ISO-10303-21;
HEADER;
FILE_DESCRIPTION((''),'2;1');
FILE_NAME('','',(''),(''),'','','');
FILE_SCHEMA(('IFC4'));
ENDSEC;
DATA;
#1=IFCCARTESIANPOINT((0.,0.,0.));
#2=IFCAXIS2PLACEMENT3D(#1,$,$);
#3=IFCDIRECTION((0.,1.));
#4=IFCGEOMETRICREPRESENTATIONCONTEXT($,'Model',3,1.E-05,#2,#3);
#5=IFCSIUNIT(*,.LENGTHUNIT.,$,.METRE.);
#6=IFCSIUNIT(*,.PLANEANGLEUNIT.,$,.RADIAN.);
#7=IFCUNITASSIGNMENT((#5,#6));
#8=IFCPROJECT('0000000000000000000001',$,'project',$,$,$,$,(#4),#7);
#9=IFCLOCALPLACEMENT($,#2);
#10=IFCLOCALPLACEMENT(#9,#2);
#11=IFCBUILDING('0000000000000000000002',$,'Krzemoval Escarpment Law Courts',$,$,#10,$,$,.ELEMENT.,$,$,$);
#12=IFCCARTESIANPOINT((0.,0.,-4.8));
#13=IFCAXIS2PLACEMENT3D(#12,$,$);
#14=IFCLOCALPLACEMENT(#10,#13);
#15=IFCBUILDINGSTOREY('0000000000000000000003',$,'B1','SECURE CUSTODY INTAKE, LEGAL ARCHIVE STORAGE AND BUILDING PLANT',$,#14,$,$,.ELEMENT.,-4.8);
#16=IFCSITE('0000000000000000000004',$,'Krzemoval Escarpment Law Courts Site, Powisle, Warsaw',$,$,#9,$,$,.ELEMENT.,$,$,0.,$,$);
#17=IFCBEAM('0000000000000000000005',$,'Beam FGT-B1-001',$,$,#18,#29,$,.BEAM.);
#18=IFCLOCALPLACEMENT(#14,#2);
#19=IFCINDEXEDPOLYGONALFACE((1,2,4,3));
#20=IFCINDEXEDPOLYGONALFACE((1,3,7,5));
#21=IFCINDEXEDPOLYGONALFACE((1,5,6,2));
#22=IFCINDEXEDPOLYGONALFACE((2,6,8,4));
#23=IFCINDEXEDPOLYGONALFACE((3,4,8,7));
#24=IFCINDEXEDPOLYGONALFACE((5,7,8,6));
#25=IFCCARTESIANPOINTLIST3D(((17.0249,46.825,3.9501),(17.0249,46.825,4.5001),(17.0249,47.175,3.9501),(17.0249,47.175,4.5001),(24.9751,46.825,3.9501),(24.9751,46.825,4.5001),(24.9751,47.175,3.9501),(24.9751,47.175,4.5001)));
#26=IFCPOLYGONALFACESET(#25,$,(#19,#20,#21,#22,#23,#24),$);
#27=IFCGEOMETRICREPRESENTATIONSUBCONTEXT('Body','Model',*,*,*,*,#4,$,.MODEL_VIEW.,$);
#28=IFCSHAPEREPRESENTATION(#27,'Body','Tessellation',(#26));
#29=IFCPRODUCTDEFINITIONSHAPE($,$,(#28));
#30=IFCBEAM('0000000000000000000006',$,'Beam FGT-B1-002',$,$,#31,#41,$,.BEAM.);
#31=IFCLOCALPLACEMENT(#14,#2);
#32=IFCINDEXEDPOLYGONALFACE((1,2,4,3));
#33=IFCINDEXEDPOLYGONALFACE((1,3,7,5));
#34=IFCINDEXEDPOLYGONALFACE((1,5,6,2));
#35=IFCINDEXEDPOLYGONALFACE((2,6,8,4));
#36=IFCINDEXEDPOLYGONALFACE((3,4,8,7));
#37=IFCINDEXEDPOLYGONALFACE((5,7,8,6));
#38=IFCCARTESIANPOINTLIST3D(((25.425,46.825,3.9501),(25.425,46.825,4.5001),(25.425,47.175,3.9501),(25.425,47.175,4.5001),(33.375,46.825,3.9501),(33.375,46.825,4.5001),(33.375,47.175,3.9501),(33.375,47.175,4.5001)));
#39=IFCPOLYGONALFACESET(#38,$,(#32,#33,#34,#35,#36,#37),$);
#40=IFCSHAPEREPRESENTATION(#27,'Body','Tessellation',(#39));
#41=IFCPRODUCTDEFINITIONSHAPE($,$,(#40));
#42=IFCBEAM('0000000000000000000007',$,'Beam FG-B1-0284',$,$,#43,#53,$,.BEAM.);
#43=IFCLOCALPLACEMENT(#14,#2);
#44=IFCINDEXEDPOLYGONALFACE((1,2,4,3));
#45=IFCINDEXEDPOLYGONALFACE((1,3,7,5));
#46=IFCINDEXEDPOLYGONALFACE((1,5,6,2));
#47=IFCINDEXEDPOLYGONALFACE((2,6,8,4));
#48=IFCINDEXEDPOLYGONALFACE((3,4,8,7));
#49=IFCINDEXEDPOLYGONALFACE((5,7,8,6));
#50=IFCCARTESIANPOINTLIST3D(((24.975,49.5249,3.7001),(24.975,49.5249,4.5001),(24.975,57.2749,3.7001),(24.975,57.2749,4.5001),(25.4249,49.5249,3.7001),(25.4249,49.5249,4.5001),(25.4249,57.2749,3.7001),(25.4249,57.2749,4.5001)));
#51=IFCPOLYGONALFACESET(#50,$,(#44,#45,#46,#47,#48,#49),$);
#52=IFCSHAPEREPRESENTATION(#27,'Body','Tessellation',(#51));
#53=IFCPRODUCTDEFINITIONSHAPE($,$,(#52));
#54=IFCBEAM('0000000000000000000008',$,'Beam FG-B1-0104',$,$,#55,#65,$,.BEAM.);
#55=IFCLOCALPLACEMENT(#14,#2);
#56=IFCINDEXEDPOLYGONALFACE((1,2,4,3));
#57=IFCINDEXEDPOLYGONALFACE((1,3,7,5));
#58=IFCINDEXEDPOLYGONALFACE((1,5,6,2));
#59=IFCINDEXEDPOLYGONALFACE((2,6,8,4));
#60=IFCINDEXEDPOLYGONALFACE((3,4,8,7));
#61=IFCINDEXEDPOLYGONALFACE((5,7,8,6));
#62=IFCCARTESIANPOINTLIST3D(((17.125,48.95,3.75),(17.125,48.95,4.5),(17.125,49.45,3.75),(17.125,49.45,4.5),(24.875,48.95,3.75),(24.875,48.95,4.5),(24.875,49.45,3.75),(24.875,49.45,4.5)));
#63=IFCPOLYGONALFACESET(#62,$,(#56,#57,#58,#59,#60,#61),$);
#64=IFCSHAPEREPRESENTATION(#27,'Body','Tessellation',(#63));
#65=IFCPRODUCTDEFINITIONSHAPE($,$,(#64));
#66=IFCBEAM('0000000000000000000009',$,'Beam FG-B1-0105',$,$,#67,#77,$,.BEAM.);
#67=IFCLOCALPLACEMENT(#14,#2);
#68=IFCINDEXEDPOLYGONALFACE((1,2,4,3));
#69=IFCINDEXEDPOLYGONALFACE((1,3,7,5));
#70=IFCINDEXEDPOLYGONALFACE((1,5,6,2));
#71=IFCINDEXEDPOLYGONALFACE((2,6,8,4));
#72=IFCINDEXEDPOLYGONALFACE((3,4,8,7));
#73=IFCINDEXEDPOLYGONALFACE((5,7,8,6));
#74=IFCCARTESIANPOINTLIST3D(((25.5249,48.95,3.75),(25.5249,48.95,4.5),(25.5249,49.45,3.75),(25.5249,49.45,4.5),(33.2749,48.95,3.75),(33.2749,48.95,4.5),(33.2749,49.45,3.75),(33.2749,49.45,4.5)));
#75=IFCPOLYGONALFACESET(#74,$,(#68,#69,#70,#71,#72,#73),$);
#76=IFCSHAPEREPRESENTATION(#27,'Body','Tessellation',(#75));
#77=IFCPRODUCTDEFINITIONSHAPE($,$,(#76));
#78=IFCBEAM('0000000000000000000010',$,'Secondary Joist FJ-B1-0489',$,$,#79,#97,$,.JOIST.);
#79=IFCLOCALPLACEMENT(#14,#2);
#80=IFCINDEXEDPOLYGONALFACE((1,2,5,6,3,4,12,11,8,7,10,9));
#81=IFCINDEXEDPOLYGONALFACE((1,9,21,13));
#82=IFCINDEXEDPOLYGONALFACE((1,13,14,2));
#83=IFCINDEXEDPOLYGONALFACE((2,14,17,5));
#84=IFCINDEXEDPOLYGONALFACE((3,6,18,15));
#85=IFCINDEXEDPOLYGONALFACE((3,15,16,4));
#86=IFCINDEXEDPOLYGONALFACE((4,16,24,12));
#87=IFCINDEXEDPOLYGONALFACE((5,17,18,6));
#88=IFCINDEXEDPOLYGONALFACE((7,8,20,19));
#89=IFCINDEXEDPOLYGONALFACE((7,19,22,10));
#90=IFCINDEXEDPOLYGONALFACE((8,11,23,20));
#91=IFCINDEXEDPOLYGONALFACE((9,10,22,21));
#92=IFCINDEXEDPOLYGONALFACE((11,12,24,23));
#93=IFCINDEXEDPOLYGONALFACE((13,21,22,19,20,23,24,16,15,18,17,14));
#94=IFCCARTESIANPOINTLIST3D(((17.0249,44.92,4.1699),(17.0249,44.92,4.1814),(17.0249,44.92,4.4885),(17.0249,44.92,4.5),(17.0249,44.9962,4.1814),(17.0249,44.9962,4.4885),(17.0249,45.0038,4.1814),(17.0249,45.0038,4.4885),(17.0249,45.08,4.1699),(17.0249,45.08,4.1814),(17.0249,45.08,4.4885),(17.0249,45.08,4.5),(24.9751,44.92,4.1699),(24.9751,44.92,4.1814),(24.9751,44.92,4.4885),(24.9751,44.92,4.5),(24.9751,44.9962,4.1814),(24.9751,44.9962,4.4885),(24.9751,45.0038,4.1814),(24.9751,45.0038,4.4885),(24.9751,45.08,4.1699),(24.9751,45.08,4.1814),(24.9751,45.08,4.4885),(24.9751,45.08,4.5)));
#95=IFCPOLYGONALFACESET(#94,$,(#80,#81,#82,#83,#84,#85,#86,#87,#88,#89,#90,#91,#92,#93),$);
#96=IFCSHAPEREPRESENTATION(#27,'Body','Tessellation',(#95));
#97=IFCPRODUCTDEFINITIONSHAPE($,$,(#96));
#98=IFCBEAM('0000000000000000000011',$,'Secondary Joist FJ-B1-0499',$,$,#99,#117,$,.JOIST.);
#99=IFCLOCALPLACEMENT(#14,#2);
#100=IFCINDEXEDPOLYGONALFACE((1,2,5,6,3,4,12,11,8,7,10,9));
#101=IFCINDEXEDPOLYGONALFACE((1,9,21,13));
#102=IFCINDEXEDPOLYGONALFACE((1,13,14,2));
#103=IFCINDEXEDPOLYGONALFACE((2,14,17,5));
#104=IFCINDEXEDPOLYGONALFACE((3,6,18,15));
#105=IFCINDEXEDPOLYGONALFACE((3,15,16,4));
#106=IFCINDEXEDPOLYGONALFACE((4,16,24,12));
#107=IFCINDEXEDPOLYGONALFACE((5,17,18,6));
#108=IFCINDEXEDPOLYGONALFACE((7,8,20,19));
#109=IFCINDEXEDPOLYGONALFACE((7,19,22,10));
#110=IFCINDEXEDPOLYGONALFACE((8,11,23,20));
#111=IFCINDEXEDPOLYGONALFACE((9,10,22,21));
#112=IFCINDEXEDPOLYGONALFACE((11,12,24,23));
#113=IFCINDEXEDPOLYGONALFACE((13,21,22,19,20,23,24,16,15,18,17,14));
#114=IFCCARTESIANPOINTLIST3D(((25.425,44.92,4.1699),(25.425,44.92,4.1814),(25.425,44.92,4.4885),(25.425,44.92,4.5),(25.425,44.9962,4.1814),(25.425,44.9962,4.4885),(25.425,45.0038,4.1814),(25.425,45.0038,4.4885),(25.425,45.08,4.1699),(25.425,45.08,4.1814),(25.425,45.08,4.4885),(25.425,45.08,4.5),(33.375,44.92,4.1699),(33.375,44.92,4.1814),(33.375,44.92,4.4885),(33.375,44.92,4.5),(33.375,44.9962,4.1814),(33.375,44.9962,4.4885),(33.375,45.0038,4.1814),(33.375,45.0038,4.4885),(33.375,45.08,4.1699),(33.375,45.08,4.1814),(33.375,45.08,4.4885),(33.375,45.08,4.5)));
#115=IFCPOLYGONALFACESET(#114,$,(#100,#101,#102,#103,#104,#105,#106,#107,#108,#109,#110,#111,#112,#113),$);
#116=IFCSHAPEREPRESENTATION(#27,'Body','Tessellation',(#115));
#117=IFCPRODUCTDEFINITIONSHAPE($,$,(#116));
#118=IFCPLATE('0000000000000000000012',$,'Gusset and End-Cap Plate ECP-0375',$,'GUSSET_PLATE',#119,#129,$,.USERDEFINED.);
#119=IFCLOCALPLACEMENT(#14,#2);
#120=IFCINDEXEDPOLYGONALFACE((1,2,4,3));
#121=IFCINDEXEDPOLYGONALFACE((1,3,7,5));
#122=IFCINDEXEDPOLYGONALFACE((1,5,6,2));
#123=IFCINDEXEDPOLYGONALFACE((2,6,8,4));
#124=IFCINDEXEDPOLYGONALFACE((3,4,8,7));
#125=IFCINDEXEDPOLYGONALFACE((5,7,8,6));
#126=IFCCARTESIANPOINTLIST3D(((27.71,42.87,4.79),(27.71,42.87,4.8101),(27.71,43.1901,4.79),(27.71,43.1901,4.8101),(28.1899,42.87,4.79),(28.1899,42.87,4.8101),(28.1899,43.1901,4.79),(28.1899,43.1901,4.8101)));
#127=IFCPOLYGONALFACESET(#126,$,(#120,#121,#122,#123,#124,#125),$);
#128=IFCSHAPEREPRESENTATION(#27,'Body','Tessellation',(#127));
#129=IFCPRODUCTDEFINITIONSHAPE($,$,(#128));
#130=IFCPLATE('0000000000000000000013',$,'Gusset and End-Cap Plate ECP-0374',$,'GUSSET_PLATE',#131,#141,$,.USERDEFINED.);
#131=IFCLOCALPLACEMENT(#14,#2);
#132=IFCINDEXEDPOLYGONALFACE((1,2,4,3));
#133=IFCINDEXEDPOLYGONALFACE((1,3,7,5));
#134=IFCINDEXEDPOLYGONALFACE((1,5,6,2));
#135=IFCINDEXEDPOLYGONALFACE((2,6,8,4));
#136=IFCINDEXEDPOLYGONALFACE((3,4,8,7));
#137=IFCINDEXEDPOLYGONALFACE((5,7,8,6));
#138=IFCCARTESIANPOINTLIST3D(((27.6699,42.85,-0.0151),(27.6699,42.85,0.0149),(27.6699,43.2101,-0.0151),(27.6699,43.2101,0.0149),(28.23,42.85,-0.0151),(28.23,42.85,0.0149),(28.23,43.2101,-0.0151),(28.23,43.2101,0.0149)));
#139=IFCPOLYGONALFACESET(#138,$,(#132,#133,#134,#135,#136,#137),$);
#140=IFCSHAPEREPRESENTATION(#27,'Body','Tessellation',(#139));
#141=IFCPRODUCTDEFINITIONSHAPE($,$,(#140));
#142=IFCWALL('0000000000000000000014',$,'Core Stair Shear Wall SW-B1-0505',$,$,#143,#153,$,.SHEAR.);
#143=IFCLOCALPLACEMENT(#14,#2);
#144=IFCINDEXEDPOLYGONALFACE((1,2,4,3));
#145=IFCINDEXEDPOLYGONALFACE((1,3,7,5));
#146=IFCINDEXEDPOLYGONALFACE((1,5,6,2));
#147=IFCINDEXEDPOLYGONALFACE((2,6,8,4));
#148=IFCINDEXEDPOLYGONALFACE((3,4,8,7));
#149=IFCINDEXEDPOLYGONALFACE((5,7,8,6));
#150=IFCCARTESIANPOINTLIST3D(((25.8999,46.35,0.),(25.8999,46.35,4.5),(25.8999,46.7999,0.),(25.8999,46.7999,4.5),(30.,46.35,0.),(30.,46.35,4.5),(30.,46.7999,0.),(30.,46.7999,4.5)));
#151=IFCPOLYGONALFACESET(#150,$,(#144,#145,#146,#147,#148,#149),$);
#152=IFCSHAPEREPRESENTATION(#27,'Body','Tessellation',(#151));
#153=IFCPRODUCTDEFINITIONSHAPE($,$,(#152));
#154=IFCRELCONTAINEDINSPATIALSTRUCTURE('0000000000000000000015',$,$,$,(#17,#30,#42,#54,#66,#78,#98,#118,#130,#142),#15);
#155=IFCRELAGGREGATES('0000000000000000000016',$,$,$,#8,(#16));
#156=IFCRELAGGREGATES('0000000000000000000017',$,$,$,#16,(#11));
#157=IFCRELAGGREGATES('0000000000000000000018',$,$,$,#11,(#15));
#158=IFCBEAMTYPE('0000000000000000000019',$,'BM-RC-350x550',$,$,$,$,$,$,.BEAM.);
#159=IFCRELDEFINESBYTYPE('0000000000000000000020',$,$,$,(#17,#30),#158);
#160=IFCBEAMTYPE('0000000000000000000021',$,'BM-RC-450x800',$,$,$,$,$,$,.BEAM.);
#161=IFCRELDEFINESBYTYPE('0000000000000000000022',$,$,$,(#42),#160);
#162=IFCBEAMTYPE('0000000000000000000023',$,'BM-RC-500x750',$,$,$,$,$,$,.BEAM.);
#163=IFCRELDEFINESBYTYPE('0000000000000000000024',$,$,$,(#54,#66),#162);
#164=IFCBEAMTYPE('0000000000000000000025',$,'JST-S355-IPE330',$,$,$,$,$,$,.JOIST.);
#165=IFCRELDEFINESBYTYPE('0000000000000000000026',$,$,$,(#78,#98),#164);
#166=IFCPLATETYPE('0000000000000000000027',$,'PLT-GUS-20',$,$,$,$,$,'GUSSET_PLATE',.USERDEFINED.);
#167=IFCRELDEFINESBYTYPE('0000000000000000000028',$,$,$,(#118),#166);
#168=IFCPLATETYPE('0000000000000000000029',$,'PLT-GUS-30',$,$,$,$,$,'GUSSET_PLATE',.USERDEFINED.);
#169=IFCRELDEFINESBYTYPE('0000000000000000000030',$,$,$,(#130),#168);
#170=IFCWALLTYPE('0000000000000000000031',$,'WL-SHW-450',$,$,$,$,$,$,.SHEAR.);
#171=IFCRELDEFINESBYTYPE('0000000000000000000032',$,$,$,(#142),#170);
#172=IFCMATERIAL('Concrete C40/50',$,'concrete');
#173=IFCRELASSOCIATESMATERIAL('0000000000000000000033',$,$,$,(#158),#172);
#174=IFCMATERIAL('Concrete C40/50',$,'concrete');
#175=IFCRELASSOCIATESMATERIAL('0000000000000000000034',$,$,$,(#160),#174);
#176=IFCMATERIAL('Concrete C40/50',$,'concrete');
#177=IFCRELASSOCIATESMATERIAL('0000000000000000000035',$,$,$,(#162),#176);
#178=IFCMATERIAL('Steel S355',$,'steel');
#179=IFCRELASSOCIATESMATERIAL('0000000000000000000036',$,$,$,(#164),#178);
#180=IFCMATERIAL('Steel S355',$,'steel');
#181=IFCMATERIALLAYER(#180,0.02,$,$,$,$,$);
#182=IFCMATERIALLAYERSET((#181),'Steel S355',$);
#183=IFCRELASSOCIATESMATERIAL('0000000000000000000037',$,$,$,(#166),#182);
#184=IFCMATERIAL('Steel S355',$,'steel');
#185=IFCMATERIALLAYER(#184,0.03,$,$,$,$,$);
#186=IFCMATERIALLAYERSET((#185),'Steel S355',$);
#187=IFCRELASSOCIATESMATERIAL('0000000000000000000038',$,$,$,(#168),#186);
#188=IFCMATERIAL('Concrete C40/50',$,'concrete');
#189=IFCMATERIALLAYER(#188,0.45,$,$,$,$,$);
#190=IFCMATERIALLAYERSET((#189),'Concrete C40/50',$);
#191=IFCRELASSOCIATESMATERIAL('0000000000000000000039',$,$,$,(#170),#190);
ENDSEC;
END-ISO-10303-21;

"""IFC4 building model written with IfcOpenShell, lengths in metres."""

from ifc_helpers import new_model, si_unit, direction, frame, frame_2d, origin, origin_2d, place, context, subcontext, project, spatial, rectangle, i_section, extrude, material, layer, layer_set, material_profile, profile_set, type_object, element, save


model = new_model("IFC4")

# Units and contexts
model_context = context("Model", 3, precision=1e-05, world=origin(), true_north=direction((0.0, 1.0)))
body_context = subcontext(model_context, "Body", "Model", "MODEL_VIEW")
ifc_project = project(units=[si_unit("LENGTHUNIT", "METRE"), si_unit("PLANEANGLEUNIT", "RADIAN")], contexts=[model_context])

# Site, building, storey
site_placement = place(None, origin())
site = spatial("IfcSite", under=ifc_project, at=site_placement, Name="Krzemoval Escarpment Law Courts Site, Powisle, Warsaw", CompositionType="ELEMENT", RefElevation=0.0)
building_placement = place(site_placement, origin())
building = spatial("IfcBuilding", under=site, at=building_placement, Name="Krzemoval Escarpment Law Courts", CompositionType="ELEMENT")
storey_placement = place(building_placement, frame((0.0, 0.0, -4.8)))
storey = spatial("IfcBuildingStorey", under=building, at=storey_placement, Name="B1", Description="SECURE CUSTODY INTAKE, LEGAL ARCHIVE STORAGE AND BUILDING PLANT", CompositionType="ELEMENT", Elevation=-4.8)

# Beams
ifc_material_1 = material(Name="Concrete C40/50", Category="concrete")
ifc_material_profile_1 = material_profile(ifc_material_1, rectangle(XDim=0.3501, YDim=0.55, at=origin_2d()), Name="RCB 350x550")
ifc_profile_set_1 = profile_set([ifc_material_profile_1], Name="Concrete C40/50")
beam_type_1 = type_object("IfcBeamType", Name="BM-RC-350x550", PredefinedType="BEAM", material=ifc_profile_set_1)
beam_1_placement = place(storey_placement, frame((17.0249, 47.0, 4.2251), z_axis=(1.0, 0.0, 0.0), x_axis=(0.0, 1.0, 0.0)))
element("IfcBeam", 1, at=beam_1_placement, inside=storey, type_object=beam_type_1, Name="Beam FGT-B1-001", PredefinedType="BEAM", context=body_context, shape_type="SweptSolid", body=[
    extrude(rectangle(XDim=0.3501, YDim=0.55, at=origin_2d()), origin(), (0.0, 0.0, 1.0), 7.9502),
])
beam_2_placement = place(storey_placement, frame((25.425, 47.0, 4.2251), z_axis=(1.0, 0.0, 0.0), x_axis=(0.0, 1.0, 0.0)))
element("IfcBeam", 2, at=beam_2_placement, inside=storey, type_object=beam_type_1, Name="Beam FGT-B1-002", PredefinedType="BEAM", context=body_context, shape_type="SweptSolid", body=[
    extrude(rectangle(XDim=0.3501, YDim=0.55, at=origin_2d()), origin(), (0.0, 0.0, 1.0), 7.95),
])
ifc_material_2 = material(Name="Concrete C40/50", Category="concrete")
ifc_material_profile_2 = material_profile(ifc_material_2, rectangle(XDim=0.45, YDim=0.8, at=origin_2d()), Name="RCB 450x800")
ifc_profile_set_2 = profile_set([ifc_material_profile_2], Name="Concrete C40/50")
beam_type_2 = type_object("IfcBeamType", Name="BM-RC-450x800", PredefinedType="BEAM", material=ifc_profile_set_2)
beam_3_placement = place(storey_placement, frame((25.2, 49.5249, 4.1001), z_axis=(0.0, 1.0, 0.0), x_axis=(-1.0, 0.0, 0.0)))
element("IfcBeam", 3, at=beam_3_placement, inside=storey, type_object=beam_type_2, Name="Beam FG-B1-0284", PredefinedType="BEAM", context=body_context, shape_type="SweptSolid", body=[
    extrude(rectangle(XDim=0.45, YDim=0.8, at=origin_2d()), origin(), (0.0, 0.0, 1.0), 7.75),
])
ifc_material_3 = material(Name="Concrete C40/50", Category="concrete")
ifc_material_profile_3 = material_profile(ifc_material_3, rectangle(XDim=0.5, YDim=0.75, at=origin_2d()), Name="RCB 500x750")
ifc_profile_set_3 = profile_set([ifc_material_profile_3], Name="Concrete C40/50")
beam_type_3 = type_object("IfcBeamType", Name="BM-RC-500x750", PredefinedType="BEAM", material=ifc_profile_set_3)
for number, where, z_axis, x_axis, name in (
    (4, (17.125, 49.2, 4.125), (1.0, 0.0, 0.0), (0.0, 1.0, 0.0), "Beam FG-B1-0104"),
    (5, (25.5249, 49.2, 4.125), (1.0, 0.0, 0.0), (0.0, 1.0, 0.0), "Beam FG-B1-0105"),
):
    element("IfcBeam", number, at=place(storey_placement, frame(where, z_axis=z_axis, x_axis=x_axis)), inside=storey, type_object=beam_type_3, Name=name, PredefinedType="BEAM", context=body_context, shape_type="SweptSolid", body=[
        extrude(rectangle(XDim=0.5, YDim=0.75, at=origin_2d()), origin(), (0.0, 0.0, 1.0), 7.75),
    ])
ifc_material_4 = material(Name="Steel S355", Category="steel")
ifc_material_profile_4 = material_profile(ifc_material_4, i_section(OverallWidth=0.1599, OverallDepth=0.3301, WebThickness=0.0076, FlangeThickness=0.0115, at=origin_2d()), Name="IPE 330")
ifc_profile_set_4 = profile_set([ifc_material_profile_4], Name="Steel S355")
beam_type_4 = type_object("IfcBeamType", Name="JST-S355-IPE330", PredefinedType="JOIST", material=ifc_profile_set_4)
beam_4_placement = place(storey_placement, frame((17.0249, 45.0, 4.335), z_axis=(1.0, 0.0, 0.0), x_axis=(0.0, 1.0, 0.0)))
element("IfcBeam", 6, at=beam_4_placement, inside=storey, type_object=beam_type_4, Name="Secondary Joist FJ-B1-0489", PredefinedType="JOIST", context=body_context, shape_type="SweptSolid", body=[
    extrude(i_section(OverallWidth=0.1599, OverallDepth=0.3301, WebThickness=0.0076, FlangeThickness=0.0115, at=origin_2d()), origin(), (0.0, 0.0, 1.0), 7.9502),
])
beam_5_placement = place(storey_placement, frame((25.425, 45.0, 4.335), z_axis=(1.0, 0.0, 0.0), x_axis=(0.0, 1.0, 0.0)))
element("IfcBeam", 7, at=beam_5_placement, inside=storey, type_object=beam_type_4, Name="Secondary Joist FJ-B1-0499", PredefinedType="JOIST", context=body_context, shape_type="SweptSolid", body=[
    extrude(i_section(OverallWidth=0.1599, OverallDepth=0.3301, WebThickness=0.0076, FlangeThickness=0.0115, at=origin_2d()), origin(), (0.0, 0.0, 1.0), 7.95),
])

# Plates
ifc_material_5 = material(Name="Steel S355", Category="steel")
ifc_layer_1 = layer(ifc_material_5, 0.02)
ifc_layer_set_1 = layer_set([ifc_layer_1], Name="Steel S355")
plate_type_1 = type_object("IfcPlateType", Name="PLT-GUS-20", ElementType="GUSSET_PLATE", PredefinedType="USERDEFINED", material=ifc_layer_set_1)
plate_1_placement = place(storey_placement, frame((27.95, 43.03, 4.79), z_axis=(0.0, 0.0, 1.0), x_axis=(1.0, 0.0, 0.0)))
element("IfcPlate", 8, at=plate_1_placement, inside=storey, type_object=plate_type_1, Name="Gusset and End-Cap Plate ECP-0375", ObjectType="GUSSET_PLATE", PredefinedType="USERDEFINED", context=body_context, shape_type="SweptSolid", body=[
    extrude(rectangle(XDim=0.48, YDim=0.3201, at=origin_2d()), origin(), (0.0, 0.0, 1.0), 0.02),
])
ifc_material_6 = material(Name="Steel S355", Category="steel")
ifc_layer_2 = layer(ifc_material_6, 0.03)
ifc_layer_set_2 = layer_set([ifc_layer_2], Name="Steel S355")
plate_type_2 = type_object("IfcPlateType", Name="PLT-GUS-30", ElementType="GUSSET_PLATE", PredefinedType="USERDEFINED", material=ifc_layer_set_2)
plate_2_placement = place(storey_placement, frame((27.95, 43.03, -0.0151), z_axis=(0.0, 0.0, 1.0), x_axis=(1.0, 0.0, 0.0)))
element("IfcPlate", 9, at=plate_2_placement, inside=storey, type_object=plate_type_2, Name="Gusset and End-Cap Plate ECP-0374", ObjectType="GUSSET_PLATE", PredefinedType="USERDEFINED", context=body_context, shape_type="SweptSolid", body=[
    extrude(rectangle(XDim=0.5601, YDim=0.3601, at=origin_2d()), origin(), (0.0, 0.0, 1.0), 0.03),
])

# Wall
ifc_material_7 = material(Name="Concrete C40/50", Category="concrete")
ifc_layer_3 = layer(ifc_material_7, 0.45)
ifc_layer_set_3 = layer_set([ifc_layer_3], Name="Concrete C40/50")
wall_type = type_object("IfcWallType", Name="WL-SHW-450", PredefinedType="SHEAR", material=ifc_layer_set_3)
wall_placement = place(storey_placement, frame((25.8999, 46.575, 0.0), z_axis=(0.0, 0.0, 1.0), x_axis=(1.0, 0.0, 0.0)))
element("IfcWall", 10, at=wall_placement, inside=storey, type_object=wall_type, Name="Core Stair Shear Wall SW-B1-0505", PredefinedType="SHEAR", context=body_context, shape_type="SweptSolid", body=[
    extrude(rectangle(XDim=4.1001, YDim=0.45, at=frame_2d((2.05, 0.0))), origin(), (0.0, 0.0, 1.0), 4.5),
])

save(model, "model.ifc")
